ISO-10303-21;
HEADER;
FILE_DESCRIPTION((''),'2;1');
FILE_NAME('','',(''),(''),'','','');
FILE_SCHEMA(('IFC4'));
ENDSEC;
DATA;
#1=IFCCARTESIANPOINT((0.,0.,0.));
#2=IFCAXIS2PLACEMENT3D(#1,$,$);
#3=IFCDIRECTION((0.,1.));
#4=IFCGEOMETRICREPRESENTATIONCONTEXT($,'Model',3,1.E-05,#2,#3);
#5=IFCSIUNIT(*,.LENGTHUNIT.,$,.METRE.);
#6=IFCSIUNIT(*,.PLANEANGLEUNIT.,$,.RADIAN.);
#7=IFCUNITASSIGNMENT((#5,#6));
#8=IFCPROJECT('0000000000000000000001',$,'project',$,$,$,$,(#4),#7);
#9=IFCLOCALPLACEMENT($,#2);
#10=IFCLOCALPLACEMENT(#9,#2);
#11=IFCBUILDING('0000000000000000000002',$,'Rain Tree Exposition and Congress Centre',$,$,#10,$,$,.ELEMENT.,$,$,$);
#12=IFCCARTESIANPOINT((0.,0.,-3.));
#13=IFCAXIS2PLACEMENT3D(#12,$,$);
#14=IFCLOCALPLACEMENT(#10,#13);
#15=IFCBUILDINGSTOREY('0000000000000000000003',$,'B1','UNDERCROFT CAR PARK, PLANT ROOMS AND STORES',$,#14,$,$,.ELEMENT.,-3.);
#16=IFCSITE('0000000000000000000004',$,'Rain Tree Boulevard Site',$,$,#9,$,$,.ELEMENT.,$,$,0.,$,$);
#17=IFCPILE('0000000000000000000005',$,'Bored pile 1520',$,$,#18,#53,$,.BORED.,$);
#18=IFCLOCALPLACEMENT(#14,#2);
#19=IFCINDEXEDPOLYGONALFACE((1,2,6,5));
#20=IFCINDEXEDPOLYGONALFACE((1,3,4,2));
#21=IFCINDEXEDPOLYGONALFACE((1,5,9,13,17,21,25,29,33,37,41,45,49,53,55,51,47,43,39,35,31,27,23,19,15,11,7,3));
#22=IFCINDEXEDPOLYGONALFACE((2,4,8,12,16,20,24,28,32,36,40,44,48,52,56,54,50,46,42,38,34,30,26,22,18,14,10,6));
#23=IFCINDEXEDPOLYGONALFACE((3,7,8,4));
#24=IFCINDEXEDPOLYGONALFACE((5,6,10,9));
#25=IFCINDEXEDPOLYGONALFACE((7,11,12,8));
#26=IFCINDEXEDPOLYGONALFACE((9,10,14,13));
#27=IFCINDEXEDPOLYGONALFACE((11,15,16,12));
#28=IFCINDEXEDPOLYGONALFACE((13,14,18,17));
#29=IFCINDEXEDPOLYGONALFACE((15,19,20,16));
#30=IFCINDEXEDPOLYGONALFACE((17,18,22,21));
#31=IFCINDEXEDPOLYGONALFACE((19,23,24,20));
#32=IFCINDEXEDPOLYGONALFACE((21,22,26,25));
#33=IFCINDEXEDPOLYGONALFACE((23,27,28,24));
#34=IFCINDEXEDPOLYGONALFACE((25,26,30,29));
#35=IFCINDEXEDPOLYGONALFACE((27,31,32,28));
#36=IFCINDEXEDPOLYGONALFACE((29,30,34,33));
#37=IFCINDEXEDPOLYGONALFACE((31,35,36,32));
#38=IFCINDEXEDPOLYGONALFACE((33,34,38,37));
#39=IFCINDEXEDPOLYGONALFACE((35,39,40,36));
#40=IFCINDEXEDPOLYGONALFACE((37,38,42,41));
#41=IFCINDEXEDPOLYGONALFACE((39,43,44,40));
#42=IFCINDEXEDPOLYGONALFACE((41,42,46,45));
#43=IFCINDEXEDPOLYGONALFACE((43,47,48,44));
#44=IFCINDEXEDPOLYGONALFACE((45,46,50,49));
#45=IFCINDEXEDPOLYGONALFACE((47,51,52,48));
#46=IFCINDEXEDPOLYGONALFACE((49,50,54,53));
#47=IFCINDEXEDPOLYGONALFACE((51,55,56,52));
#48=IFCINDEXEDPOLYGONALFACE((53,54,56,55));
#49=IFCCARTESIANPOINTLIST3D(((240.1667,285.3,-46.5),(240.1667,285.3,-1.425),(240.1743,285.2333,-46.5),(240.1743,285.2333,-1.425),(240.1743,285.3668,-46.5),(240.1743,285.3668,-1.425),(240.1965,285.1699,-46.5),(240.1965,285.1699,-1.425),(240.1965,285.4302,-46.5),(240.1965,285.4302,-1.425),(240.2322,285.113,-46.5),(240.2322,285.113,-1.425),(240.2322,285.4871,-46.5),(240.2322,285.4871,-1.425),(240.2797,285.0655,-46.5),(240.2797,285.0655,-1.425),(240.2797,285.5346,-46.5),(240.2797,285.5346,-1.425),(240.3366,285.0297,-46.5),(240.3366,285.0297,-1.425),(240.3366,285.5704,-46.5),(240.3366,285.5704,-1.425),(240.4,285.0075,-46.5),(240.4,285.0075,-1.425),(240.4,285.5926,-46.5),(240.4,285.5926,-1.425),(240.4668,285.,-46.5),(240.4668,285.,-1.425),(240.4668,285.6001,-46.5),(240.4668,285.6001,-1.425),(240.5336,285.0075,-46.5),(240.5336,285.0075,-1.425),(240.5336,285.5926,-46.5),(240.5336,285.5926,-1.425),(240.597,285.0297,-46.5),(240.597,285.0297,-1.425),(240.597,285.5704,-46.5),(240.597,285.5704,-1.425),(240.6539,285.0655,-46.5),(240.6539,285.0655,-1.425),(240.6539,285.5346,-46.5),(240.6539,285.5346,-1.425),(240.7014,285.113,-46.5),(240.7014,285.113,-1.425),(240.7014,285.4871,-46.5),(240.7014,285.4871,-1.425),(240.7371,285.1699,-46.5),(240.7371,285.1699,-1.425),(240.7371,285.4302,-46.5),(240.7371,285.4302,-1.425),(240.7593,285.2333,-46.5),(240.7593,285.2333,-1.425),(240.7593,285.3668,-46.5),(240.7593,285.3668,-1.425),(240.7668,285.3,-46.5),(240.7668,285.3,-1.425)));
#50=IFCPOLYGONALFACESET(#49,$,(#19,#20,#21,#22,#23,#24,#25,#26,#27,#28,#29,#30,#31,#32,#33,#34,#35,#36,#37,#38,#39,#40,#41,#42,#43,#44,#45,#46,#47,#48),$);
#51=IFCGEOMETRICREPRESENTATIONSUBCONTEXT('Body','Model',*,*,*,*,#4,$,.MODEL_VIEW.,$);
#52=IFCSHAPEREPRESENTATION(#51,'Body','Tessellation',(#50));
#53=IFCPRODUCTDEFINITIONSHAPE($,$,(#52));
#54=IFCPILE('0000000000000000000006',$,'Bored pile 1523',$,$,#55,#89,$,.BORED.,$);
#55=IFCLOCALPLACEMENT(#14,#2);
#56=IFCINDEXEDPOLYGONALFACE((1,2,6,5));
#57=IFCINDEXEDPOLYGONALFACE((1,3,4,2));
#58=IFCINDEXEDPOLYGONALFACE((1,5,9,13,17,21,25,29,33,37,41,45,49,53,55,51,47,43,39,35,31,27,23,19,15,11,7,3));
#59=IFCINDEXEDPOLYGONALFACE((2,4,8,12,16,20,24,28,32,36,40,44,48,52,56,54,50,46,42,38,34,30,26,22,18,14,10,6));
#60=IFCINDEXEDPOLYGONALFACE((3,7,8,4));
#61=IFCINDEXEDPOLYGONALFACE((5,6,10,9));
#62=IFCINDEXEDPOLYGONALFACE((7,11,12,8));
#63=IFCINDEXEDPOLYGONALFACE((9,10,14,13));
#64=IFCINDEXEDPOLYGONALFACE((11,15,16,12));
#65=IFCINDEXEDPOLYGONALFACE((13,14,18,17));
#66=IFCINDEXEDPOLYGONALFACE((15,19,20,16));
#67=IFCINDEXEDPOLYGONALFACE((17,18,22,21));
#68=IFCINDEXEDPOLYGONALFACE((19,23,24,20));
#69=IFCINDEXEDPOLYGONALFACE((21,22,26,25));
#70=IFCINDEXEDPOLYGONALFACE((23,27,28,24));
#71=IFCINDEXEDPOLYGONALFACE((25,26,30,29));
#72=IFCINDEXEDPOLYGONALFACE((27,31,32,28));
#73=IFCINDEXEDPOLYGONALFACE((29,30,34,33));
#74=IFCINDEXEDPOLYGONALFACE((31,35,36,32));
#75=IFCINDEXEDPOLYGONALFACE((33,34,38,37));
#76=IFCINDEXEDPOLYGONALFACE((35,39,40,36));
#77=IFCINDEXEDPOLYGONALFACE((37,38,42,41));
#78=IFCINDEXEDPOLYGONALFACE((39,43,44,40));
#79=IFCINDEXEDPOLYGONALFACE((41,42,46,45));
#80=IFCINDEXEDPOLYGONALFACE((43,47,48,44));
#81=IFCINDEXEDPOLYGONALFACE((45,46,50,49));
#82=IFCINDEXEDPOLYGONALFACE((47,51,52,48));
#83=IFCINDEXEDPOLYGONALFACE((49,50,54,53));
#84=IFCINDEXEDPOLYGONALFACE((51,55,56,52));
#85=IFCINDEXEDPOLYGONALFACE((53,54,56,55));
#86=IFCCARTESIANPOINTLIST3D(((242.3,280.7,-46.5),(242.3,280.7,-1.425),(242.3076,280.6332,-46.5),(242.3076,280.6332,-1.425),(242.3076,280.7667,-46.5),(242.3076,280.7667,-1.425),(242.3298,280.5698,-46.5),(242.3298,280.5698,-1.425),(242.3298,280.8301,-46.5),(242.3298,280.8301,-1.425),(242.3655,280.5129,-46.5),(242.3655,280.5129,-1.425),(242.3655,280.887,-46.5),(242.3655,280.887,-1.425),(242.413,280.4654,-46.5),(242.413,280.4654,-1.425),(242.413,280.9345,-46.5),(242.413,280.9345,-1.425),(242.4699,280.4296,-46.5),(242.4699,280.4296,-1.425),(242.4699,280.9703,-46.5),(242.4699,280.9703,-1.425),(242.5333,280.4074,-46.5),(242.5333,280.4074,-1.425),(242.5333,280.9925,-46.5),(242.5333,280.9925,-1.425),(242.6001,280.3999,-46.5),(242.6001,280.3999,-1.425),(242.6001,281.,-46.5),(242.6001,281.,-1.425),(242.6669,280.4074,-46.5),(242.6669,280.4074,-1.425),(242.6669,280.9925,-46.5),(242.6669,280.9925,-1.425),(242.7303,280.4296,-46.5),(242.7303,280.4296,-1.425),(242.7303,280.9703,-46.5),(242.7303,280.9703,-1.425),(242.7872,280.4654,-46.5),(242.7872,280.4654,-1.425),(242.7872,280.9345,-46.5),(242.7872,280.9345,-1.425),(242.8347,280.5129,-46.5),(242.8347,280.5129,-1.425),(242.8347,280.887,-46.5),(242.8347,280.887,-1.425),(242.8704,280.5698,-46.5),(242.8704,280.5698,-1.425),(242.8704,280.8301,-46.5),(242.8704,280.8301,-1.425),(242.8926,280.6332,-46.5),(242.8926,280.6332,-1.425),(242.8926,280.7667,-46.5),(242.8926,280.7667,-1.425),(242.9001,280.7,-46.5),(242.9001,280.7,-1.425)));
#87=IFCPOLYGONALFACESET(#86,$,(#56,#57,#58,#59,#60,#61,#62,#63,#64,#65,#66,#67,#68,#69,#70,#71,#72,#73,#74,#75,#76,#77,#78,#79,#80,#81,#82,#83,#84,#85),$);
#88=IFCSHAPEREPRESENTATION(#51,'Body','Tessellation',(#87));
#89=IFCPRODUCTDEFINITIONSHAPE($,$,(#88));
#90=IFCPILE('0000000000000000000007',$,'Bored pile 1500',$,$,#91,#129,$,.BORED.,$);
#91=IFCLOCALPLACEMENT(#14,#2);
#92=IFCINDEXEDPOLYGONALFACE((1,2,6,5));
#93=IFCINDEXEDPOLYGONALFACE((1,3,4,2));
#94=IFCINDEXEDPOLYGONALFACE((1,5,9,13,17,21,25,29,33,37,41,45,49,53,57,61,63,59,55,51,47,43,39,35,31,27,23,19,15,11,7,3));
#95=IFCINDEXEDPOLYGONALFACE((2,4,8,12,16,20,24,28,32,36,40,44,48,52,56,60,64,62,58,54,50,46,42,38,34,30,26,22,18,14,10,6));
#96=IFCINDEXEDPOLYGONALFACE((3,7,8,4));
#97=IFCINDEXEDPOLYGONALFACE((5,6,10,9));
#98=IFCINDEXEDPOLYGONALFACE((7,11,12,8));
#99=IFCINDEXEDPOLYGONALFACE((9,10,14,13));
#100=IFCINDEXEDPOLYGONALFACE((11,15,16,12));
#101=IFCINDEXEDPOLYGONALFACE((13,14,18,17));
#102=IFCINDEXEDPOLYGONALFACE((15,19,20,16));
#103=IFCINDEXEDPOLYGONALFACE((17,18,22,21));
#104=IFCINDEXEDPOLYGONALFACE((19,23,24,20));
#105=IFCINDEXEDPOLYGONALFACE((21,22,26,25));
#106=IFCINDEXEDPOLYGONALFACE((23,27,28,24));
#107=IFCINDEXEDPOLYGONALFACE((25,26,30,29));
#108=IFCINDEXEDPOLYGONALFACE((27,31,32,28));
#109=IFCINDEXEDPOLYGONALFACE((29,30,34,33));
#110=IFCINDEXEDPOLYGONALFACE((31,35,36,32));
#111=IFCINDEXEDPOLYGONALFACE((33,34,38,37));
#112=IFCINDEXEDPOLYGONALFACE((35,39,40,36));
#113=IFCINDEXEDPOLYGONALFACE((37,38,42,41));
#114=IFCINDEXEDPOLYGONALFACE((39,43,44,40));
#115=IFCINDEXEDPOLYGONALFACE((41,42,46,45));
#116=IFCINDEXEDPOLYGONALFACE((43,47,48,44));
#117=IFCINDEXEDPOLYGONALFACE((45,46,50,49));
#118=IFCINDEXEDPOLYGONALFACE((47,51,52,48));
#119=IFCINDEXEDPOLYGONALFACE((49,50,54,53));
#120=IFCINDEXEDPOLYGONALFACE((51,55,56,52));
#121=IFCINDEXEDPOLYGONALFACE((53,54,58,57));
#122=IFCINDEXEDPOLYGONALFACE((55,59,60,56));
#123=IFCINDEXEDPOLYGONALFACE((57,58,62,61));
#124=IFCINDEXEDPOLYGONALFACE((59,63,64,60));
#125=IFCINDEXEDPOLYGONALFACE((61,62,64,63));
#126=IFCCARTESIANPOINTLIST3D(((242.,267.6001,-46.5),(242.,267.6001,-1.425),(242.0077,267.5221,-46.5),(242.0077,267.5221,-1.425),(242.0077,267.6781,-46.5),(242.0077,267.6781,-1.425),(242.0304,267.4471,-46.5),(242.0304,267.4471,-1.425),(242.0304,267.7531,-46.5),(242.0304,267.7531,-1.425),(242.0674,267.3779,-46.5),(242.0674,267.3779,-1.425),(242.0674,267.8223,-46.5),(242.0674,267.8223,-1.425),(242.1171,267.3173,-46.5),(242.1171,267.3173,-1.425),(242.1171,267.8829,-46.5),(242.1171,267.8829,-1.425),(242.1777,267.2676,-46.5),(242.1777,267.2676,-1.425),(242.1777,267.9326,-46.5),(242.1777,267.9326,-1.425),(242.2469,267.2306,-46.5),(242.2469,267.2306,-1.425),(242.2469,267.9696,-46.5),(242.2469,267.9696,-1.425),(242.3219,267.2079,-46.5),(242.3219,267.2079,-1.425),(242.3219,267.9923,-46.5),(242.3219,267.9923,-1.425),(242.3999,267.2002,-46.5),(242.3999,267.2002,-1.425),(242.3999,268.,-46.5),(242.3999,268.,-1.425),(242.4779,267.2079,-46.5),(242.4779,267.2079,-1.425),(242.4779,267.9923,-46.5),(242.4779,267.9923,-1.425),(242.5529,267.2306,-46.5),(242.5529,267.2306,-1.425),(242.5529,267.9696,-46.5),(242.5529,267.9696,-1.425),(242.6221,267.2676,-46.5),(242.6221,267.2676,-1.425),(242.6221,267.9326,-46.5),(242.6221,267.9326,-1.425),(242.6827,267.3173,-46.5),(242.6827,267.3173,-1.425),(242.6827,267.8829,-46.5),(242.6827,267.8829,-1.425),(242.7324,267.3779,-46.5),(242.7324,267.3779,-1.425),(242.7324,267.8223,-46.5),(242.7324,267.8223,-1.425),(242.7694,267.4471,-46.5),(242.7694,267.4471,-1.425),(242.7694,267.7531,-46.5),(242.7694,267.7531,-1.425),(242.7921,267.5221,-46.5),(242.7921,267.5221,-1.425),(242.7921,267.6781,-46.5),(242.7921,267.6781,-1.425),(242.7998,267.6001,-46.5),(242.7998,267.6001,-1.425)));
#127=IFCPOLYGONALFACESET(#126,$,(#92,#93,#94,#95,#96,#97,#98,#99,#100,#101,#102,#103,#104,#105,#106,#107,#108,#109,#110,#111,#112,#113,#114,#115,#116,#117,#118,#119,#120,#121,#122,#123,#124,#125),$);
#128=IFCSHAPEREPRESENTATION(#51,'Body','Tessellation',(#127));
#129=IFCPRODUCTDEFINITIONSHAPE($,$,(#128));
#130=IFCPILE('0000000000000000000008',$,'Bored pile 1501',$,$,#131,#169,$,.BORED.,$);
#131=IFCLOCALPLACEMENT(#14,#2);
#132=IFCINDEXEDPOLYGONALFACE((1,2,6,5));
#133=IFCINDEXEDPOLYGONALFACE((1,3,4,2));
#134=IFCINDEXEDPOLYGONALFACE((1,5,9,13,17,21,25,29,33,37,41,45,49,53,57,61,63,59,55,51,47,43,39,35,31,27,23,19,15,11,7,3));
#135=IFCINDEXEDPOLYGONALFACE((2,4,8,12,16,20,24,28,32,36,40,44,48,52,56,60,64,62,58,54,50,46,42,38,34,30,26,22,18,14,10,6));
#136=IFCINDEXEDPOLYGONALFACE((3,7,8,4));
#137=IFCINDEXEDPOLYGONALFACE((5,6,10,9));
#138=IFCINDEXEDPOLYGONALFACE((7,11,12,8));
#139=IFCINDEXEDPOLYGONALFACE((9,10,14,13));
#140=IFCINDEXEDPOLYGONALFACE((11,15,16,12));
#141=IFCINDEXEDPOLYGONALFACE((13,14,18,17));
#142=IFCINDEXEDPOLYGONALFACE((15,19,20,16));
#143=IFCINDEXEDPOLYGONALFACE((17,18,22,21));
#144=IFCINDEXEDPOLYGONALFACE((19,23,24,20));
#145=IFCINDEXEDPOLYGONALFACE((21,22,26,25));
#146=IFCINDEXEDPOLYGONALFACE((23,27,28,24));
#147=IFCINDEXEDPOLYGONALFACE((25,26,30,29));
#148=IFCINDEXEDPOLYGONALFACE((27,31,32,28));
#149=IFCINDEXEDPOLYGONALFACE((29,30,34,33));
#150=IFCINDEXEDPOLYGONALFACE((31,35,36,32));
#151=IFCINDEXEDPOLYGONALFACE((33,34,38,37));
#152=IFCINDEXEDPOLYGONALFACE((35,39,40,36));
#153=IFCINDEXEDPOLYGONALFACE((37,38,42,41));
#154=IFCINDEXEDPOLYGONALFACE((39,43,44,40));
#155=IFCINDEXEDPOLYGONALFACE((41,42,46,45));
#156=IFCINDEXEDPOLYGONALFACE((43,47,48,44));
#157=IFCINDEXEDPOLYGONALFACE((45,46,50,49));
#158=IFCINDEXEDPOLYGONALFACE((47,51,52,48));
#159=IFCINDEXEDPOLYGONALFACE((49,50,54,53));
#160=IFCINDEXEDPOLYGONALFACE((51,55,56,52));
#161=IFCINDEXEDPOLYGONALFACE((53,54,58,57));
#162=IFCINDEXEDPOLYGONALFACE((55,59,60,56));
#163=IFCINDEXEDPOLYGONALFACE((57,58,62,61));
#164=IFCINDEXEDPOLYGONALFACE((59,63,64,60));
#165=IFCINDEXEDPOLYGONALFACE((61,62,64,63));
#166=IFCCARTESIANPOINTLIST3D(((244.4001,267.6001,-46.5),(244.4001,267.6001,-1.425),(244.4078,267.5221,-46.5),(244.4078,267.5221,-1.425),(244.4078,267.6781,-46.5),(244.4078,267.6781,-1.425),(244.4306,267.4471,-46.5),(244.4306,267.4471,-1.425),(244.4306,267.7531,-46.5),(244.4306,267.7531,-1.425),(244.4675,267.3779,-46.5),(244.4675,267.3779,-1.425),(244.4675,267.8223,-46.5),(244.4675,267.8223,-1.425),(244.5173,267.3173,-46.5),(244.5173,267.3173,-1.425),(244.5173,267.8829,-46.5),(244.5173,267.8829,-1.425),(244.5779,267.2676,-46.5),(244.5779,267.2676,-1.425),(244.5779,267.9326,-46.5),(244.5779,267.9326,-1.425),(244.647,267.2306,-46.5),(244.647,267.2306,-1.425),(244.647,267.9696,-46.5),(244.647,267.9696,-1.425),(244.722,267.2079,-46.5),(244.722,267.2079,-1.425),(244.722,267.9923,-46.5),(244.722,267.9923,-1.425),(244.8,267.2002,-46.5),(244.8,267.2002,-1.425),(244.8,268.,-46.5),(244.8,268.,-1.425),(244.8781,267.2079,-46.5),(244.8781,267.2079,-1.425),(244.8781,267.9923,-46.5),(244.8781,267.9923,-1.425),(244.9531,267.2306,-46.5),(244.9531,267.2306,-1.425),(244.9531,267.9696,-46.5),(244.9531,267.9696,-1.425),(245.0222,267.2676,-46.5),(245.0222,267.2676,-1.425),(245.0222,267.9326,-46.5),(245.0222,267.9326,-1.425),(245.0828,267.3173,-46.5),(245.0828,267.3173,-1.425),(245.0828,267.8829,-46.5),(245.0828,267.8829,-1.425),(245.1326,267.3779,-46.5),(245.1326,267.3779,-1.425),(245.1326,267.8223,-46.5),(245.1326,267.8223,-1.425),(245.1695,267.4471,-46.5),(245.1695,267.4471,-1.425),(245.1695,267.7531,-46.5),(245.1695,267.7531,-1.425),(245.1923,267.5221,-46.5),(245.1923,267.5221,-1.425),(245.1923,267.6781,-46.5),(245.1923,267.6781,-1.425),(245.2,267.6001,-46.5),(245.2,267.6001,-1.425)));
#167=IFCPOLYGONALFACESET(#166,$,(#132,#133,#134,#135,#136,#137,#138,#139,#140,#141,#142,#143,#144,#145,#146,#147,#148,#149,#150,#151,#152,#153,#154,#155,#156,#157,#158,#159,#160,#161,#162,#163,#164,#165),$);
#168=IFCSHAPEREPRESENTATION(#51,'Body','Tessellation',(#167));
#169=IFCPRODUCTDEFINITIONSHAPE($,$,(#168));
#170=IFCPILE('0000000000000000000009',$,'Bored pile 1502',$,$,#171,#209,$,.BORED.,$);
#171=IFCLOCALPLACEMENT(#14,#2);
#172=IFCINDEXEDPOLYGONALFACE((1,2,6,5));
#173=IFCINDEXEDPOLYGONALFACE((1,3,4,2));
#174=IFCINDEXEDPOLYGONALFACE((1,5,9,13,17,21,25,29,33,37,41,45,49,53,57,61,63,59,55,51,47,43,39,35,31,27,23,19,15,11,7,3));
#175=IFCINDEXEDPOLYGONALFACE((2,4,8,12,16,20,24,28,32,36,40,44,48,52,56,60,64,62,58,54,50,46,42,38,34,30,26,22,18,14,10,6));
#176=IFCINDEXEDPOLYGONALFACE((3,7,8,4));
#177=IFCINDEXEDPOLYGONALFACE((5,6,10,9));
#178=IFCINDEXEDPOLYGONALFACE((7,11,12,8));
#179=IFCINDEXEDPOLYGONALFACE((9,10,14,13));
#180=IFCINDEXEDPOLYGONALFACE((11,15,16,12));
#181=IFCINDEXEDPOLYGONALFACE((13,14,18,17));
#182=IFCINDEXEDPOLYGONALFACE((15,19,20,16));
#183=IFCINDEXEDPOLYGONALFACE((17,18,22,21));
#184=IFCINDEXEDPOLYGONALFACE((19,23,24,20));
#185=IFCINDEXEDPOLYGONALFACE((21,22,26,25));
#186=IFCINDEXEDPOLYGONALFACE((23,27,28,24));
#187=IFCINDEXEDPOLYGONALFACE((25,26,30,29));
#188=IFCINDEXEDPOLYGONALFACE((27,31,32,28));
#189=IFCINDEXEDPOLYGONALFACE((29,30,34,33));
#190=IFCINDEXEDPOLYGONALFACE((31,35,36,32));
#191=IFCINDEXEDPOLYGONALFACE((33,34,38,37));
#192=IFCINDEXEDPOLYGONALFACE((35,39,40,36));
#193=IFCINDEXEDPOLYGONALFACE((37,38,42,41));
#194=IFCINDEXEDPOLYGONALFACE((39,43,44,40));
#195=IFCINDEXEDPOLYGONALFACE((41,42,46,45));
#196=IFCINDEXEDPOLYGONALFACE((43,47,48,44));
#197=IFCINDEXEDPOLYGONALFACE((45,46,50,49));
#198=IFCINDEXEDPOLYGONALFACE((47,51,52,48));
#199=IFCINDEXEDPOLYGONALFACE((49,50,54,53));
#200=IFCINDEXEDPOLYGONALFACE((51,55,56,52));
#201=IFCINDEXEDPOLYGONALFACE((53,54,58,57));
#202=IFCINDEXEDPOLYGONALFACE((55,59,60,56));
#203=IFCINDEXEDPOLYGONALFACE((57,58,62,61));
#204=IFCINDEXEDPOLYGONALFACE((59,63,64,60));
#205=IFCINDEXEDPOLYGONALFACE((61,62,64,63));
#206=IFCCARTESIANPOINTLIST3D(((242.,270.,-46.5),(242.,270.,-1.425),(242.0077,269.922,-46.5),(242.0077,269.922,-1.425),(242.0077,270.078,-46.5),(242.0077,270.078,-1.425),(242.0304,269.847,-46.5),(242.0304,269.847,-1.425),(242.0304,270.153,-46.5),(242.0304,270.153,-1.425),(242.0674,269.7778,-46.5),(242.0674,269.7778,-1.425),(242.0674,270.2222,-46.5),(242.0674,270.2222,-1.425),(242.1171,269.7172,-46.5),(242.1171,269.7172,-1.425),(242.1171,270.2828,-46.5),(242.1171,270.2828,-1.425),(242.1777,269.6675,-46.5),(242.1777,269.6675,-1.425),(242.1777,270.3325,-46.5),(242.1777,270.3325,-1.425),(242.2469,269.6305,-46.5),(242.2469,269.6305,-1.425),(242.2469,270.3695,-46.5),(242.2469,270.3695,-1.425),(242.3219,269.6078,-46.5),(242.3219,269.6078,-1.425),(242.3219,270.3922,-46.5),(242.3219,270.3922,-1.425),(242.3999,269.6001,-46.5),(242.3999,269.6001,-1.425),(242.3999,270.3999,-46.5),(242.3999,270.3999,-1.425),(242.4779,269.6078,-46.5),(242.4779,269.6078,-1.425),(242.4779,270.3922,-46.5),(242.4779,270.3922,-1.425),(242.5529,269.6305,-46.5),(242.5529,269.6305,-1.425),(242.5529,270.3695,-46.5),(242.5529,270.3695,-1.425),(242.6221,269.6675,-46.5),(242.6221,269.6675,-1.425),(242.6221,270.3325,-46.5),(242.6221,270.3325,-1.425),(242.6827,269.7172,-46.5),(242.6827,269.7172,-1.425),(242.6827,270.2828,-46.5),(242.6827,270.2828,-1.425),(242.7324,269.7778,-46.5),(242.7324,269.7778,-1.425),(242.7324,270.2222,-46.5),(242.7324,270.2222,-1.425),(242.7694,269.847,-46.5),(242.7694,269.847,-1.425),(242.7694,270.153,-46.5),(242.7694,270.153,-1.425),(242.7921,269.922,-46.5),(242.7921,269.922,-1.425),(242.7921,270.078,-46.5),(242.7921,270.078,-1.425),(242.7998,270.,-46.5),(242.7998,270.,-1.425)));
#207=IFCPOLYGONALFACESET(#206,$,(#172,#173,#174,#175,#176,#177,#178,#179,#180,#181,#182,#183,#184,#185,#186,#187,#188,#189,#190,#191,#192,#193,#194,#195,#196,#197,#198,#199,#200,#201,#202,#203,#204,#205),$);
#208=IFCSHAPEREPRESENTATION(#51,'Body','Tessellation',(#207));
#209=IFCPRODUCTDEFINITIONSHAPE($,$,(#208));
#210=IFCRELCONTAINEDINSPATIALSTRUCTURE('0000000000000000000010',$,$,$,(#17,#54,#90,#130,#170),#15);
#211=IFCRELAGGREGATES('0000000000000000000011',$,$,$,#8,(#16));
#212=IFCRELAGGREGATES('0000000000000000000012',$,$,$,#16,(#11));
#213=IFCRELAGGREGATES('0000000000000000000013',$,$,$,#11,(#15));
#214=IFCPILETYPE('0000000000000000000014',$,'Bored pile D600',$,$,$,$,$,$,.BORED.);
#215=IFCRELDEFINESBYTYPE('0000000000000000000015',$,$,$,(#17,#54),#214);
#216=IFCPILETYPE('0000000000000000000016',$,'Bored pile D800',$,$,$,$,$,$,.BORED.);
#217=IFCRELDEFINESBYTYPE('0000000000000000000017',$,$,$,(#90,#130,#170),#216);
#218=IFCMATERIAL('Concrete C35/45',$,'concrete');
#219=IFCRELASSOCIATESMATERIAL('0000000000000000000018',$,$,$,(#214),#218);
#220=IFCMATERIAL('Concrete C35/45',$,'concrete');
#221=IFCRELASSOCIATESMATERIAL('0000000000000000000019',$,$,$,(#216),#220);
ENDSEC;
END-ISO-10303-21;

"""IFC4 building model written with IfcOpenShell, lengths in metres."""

from ifc_helpers import new_model, si_unit, direction, frame, origin, origin_2d, place, context, subcontext, project, spatial, circle, extrude, material, material_profile, profile_set, type_object, element, save


model = new_model("IFC4")

# Units and contexts
model_context = context("Model", 3, precision=1e-05, world=origin(), true_north=direction((0.0, 1.0)))
body_context = subcontext(model_context, "Body", "Model", "MODEL_VIEW")
ifc_project = project(units=[si_unit("LENGTHUNIT", "METRE"), si_unit("PLANEANGLEUNIT", "RADIAN")], contexts=[model_context])

# Site, building, storey
site_placement = place(None, origin())
site = spatial("IfcSite", under=ifc_project, at=site_placement, Name="Rain Tree Boulevard Site", CompositionType="ELEMENT", RefElevation=0.0)
building_placement = place(site_placement, origin())
building = spatial("IfcBuilding", under=site, at=building_placement, Name="Rain Tree Exposition and Congress Centre", CompositionType="ELEMENT")
storey_placement = place(building_placement, frame((0.0, 0.0, -3.0)))
storey = spatial("IfcBuildingStorey", under=building, at=storey_placement, Name="B1", Description="UNDERCROFT CAR PARK, PLANT ROOMS AND STORES", CompositionType="ELEMENT", Elevation=-3.0)

# Piles
ifc_material_1 = material(Name="Concrete C35/45", Category="concrete")
ifc_material_profile_1 = material_profile(ifc_material_1, circle(Radius=0.3, at=origin_2d()), Name="D600")
ifc_profile_set_1 = profile_set([ifc_material_profile_1], Name="Concrete C35/45")
pile_type_1 = type_object("IfcPileType", Name="Bored pile D600", PredefinedType="BORED", material=ifc_profile_set_1)
for number, where, z_axis, x_axis, name in (
    (1, (240.4668, 285.3, -1.425), (0.0, 0.0, -1.0), (1.0, 0.0, 0.0), "Bored pile 1520"),
    (2, (242.6001, 280.7, -1.425), (0.0, 0.0, -1.0), (1.0, 0.0, 0.0), "Bored pile 1523"),
):
    element("IfcPile", number, at=place(storey_placement, frame(where, z_axis=z_axis, x_axis=x_axis)), inside=storey, type_object=pile_type_1, Name=name, PredefinedType="BORED", context=body_context, shape_type="SweptSolid", body=[
        extrude(circle(Radius=0.3, at=origin_2d()), origin(), (0.0, 0.0, 1.0), 45.075),
    ])
ifc_material_2 = material(Name="Concrete C35/45", Category="concrete")
ifc_material_profile_2 = material_profile(ifc_material_2, circle(Radius=0.3999, at=origin_2d()), Name="D800")
ifc_profile_set_2 = profile_set([ifc_material_profile_2], Name="Concrete C35/45")
pile_type_2 = type_object("IfcPileType", Name="Bored pile D800", PredefinedType="BORED", material=ifc_profile_set_2)
for number, where, z_axis, x_axis, name in (
    (3, (242.3999, 267.6001, -1.425), (0.0, 0.0, -1.0), (1.0, 0.0, 0.0), "Bored pile 1500"),
    (4, (244.8, 267.6001, -1.425), (0.0, 0.0, -1.0), (1.0, 0.0, 0.0), "Bored pile 1501"),
    (5, (242.3999, 270.0, -1.425), (0.0, 0.0, -1.0), (1.0, 0.0, 0.0), "Bored pile 1502"),
):
    element("IfcPile", number, at=place(storey_placement, frame(where, z_axis=z_axis, x_axis=x_axis)), inside=storey, type_object=pile_type_2, Name=name, PredefinedType="BORED", context=body_context, shape_type="SweptSolid", body=[
        extrude(circle(Radius=0.3999, at=origin_2d()), origin(), (0.0, 0.0, 1.0), 45.075),
    ])

save(model, "model.ifc")
